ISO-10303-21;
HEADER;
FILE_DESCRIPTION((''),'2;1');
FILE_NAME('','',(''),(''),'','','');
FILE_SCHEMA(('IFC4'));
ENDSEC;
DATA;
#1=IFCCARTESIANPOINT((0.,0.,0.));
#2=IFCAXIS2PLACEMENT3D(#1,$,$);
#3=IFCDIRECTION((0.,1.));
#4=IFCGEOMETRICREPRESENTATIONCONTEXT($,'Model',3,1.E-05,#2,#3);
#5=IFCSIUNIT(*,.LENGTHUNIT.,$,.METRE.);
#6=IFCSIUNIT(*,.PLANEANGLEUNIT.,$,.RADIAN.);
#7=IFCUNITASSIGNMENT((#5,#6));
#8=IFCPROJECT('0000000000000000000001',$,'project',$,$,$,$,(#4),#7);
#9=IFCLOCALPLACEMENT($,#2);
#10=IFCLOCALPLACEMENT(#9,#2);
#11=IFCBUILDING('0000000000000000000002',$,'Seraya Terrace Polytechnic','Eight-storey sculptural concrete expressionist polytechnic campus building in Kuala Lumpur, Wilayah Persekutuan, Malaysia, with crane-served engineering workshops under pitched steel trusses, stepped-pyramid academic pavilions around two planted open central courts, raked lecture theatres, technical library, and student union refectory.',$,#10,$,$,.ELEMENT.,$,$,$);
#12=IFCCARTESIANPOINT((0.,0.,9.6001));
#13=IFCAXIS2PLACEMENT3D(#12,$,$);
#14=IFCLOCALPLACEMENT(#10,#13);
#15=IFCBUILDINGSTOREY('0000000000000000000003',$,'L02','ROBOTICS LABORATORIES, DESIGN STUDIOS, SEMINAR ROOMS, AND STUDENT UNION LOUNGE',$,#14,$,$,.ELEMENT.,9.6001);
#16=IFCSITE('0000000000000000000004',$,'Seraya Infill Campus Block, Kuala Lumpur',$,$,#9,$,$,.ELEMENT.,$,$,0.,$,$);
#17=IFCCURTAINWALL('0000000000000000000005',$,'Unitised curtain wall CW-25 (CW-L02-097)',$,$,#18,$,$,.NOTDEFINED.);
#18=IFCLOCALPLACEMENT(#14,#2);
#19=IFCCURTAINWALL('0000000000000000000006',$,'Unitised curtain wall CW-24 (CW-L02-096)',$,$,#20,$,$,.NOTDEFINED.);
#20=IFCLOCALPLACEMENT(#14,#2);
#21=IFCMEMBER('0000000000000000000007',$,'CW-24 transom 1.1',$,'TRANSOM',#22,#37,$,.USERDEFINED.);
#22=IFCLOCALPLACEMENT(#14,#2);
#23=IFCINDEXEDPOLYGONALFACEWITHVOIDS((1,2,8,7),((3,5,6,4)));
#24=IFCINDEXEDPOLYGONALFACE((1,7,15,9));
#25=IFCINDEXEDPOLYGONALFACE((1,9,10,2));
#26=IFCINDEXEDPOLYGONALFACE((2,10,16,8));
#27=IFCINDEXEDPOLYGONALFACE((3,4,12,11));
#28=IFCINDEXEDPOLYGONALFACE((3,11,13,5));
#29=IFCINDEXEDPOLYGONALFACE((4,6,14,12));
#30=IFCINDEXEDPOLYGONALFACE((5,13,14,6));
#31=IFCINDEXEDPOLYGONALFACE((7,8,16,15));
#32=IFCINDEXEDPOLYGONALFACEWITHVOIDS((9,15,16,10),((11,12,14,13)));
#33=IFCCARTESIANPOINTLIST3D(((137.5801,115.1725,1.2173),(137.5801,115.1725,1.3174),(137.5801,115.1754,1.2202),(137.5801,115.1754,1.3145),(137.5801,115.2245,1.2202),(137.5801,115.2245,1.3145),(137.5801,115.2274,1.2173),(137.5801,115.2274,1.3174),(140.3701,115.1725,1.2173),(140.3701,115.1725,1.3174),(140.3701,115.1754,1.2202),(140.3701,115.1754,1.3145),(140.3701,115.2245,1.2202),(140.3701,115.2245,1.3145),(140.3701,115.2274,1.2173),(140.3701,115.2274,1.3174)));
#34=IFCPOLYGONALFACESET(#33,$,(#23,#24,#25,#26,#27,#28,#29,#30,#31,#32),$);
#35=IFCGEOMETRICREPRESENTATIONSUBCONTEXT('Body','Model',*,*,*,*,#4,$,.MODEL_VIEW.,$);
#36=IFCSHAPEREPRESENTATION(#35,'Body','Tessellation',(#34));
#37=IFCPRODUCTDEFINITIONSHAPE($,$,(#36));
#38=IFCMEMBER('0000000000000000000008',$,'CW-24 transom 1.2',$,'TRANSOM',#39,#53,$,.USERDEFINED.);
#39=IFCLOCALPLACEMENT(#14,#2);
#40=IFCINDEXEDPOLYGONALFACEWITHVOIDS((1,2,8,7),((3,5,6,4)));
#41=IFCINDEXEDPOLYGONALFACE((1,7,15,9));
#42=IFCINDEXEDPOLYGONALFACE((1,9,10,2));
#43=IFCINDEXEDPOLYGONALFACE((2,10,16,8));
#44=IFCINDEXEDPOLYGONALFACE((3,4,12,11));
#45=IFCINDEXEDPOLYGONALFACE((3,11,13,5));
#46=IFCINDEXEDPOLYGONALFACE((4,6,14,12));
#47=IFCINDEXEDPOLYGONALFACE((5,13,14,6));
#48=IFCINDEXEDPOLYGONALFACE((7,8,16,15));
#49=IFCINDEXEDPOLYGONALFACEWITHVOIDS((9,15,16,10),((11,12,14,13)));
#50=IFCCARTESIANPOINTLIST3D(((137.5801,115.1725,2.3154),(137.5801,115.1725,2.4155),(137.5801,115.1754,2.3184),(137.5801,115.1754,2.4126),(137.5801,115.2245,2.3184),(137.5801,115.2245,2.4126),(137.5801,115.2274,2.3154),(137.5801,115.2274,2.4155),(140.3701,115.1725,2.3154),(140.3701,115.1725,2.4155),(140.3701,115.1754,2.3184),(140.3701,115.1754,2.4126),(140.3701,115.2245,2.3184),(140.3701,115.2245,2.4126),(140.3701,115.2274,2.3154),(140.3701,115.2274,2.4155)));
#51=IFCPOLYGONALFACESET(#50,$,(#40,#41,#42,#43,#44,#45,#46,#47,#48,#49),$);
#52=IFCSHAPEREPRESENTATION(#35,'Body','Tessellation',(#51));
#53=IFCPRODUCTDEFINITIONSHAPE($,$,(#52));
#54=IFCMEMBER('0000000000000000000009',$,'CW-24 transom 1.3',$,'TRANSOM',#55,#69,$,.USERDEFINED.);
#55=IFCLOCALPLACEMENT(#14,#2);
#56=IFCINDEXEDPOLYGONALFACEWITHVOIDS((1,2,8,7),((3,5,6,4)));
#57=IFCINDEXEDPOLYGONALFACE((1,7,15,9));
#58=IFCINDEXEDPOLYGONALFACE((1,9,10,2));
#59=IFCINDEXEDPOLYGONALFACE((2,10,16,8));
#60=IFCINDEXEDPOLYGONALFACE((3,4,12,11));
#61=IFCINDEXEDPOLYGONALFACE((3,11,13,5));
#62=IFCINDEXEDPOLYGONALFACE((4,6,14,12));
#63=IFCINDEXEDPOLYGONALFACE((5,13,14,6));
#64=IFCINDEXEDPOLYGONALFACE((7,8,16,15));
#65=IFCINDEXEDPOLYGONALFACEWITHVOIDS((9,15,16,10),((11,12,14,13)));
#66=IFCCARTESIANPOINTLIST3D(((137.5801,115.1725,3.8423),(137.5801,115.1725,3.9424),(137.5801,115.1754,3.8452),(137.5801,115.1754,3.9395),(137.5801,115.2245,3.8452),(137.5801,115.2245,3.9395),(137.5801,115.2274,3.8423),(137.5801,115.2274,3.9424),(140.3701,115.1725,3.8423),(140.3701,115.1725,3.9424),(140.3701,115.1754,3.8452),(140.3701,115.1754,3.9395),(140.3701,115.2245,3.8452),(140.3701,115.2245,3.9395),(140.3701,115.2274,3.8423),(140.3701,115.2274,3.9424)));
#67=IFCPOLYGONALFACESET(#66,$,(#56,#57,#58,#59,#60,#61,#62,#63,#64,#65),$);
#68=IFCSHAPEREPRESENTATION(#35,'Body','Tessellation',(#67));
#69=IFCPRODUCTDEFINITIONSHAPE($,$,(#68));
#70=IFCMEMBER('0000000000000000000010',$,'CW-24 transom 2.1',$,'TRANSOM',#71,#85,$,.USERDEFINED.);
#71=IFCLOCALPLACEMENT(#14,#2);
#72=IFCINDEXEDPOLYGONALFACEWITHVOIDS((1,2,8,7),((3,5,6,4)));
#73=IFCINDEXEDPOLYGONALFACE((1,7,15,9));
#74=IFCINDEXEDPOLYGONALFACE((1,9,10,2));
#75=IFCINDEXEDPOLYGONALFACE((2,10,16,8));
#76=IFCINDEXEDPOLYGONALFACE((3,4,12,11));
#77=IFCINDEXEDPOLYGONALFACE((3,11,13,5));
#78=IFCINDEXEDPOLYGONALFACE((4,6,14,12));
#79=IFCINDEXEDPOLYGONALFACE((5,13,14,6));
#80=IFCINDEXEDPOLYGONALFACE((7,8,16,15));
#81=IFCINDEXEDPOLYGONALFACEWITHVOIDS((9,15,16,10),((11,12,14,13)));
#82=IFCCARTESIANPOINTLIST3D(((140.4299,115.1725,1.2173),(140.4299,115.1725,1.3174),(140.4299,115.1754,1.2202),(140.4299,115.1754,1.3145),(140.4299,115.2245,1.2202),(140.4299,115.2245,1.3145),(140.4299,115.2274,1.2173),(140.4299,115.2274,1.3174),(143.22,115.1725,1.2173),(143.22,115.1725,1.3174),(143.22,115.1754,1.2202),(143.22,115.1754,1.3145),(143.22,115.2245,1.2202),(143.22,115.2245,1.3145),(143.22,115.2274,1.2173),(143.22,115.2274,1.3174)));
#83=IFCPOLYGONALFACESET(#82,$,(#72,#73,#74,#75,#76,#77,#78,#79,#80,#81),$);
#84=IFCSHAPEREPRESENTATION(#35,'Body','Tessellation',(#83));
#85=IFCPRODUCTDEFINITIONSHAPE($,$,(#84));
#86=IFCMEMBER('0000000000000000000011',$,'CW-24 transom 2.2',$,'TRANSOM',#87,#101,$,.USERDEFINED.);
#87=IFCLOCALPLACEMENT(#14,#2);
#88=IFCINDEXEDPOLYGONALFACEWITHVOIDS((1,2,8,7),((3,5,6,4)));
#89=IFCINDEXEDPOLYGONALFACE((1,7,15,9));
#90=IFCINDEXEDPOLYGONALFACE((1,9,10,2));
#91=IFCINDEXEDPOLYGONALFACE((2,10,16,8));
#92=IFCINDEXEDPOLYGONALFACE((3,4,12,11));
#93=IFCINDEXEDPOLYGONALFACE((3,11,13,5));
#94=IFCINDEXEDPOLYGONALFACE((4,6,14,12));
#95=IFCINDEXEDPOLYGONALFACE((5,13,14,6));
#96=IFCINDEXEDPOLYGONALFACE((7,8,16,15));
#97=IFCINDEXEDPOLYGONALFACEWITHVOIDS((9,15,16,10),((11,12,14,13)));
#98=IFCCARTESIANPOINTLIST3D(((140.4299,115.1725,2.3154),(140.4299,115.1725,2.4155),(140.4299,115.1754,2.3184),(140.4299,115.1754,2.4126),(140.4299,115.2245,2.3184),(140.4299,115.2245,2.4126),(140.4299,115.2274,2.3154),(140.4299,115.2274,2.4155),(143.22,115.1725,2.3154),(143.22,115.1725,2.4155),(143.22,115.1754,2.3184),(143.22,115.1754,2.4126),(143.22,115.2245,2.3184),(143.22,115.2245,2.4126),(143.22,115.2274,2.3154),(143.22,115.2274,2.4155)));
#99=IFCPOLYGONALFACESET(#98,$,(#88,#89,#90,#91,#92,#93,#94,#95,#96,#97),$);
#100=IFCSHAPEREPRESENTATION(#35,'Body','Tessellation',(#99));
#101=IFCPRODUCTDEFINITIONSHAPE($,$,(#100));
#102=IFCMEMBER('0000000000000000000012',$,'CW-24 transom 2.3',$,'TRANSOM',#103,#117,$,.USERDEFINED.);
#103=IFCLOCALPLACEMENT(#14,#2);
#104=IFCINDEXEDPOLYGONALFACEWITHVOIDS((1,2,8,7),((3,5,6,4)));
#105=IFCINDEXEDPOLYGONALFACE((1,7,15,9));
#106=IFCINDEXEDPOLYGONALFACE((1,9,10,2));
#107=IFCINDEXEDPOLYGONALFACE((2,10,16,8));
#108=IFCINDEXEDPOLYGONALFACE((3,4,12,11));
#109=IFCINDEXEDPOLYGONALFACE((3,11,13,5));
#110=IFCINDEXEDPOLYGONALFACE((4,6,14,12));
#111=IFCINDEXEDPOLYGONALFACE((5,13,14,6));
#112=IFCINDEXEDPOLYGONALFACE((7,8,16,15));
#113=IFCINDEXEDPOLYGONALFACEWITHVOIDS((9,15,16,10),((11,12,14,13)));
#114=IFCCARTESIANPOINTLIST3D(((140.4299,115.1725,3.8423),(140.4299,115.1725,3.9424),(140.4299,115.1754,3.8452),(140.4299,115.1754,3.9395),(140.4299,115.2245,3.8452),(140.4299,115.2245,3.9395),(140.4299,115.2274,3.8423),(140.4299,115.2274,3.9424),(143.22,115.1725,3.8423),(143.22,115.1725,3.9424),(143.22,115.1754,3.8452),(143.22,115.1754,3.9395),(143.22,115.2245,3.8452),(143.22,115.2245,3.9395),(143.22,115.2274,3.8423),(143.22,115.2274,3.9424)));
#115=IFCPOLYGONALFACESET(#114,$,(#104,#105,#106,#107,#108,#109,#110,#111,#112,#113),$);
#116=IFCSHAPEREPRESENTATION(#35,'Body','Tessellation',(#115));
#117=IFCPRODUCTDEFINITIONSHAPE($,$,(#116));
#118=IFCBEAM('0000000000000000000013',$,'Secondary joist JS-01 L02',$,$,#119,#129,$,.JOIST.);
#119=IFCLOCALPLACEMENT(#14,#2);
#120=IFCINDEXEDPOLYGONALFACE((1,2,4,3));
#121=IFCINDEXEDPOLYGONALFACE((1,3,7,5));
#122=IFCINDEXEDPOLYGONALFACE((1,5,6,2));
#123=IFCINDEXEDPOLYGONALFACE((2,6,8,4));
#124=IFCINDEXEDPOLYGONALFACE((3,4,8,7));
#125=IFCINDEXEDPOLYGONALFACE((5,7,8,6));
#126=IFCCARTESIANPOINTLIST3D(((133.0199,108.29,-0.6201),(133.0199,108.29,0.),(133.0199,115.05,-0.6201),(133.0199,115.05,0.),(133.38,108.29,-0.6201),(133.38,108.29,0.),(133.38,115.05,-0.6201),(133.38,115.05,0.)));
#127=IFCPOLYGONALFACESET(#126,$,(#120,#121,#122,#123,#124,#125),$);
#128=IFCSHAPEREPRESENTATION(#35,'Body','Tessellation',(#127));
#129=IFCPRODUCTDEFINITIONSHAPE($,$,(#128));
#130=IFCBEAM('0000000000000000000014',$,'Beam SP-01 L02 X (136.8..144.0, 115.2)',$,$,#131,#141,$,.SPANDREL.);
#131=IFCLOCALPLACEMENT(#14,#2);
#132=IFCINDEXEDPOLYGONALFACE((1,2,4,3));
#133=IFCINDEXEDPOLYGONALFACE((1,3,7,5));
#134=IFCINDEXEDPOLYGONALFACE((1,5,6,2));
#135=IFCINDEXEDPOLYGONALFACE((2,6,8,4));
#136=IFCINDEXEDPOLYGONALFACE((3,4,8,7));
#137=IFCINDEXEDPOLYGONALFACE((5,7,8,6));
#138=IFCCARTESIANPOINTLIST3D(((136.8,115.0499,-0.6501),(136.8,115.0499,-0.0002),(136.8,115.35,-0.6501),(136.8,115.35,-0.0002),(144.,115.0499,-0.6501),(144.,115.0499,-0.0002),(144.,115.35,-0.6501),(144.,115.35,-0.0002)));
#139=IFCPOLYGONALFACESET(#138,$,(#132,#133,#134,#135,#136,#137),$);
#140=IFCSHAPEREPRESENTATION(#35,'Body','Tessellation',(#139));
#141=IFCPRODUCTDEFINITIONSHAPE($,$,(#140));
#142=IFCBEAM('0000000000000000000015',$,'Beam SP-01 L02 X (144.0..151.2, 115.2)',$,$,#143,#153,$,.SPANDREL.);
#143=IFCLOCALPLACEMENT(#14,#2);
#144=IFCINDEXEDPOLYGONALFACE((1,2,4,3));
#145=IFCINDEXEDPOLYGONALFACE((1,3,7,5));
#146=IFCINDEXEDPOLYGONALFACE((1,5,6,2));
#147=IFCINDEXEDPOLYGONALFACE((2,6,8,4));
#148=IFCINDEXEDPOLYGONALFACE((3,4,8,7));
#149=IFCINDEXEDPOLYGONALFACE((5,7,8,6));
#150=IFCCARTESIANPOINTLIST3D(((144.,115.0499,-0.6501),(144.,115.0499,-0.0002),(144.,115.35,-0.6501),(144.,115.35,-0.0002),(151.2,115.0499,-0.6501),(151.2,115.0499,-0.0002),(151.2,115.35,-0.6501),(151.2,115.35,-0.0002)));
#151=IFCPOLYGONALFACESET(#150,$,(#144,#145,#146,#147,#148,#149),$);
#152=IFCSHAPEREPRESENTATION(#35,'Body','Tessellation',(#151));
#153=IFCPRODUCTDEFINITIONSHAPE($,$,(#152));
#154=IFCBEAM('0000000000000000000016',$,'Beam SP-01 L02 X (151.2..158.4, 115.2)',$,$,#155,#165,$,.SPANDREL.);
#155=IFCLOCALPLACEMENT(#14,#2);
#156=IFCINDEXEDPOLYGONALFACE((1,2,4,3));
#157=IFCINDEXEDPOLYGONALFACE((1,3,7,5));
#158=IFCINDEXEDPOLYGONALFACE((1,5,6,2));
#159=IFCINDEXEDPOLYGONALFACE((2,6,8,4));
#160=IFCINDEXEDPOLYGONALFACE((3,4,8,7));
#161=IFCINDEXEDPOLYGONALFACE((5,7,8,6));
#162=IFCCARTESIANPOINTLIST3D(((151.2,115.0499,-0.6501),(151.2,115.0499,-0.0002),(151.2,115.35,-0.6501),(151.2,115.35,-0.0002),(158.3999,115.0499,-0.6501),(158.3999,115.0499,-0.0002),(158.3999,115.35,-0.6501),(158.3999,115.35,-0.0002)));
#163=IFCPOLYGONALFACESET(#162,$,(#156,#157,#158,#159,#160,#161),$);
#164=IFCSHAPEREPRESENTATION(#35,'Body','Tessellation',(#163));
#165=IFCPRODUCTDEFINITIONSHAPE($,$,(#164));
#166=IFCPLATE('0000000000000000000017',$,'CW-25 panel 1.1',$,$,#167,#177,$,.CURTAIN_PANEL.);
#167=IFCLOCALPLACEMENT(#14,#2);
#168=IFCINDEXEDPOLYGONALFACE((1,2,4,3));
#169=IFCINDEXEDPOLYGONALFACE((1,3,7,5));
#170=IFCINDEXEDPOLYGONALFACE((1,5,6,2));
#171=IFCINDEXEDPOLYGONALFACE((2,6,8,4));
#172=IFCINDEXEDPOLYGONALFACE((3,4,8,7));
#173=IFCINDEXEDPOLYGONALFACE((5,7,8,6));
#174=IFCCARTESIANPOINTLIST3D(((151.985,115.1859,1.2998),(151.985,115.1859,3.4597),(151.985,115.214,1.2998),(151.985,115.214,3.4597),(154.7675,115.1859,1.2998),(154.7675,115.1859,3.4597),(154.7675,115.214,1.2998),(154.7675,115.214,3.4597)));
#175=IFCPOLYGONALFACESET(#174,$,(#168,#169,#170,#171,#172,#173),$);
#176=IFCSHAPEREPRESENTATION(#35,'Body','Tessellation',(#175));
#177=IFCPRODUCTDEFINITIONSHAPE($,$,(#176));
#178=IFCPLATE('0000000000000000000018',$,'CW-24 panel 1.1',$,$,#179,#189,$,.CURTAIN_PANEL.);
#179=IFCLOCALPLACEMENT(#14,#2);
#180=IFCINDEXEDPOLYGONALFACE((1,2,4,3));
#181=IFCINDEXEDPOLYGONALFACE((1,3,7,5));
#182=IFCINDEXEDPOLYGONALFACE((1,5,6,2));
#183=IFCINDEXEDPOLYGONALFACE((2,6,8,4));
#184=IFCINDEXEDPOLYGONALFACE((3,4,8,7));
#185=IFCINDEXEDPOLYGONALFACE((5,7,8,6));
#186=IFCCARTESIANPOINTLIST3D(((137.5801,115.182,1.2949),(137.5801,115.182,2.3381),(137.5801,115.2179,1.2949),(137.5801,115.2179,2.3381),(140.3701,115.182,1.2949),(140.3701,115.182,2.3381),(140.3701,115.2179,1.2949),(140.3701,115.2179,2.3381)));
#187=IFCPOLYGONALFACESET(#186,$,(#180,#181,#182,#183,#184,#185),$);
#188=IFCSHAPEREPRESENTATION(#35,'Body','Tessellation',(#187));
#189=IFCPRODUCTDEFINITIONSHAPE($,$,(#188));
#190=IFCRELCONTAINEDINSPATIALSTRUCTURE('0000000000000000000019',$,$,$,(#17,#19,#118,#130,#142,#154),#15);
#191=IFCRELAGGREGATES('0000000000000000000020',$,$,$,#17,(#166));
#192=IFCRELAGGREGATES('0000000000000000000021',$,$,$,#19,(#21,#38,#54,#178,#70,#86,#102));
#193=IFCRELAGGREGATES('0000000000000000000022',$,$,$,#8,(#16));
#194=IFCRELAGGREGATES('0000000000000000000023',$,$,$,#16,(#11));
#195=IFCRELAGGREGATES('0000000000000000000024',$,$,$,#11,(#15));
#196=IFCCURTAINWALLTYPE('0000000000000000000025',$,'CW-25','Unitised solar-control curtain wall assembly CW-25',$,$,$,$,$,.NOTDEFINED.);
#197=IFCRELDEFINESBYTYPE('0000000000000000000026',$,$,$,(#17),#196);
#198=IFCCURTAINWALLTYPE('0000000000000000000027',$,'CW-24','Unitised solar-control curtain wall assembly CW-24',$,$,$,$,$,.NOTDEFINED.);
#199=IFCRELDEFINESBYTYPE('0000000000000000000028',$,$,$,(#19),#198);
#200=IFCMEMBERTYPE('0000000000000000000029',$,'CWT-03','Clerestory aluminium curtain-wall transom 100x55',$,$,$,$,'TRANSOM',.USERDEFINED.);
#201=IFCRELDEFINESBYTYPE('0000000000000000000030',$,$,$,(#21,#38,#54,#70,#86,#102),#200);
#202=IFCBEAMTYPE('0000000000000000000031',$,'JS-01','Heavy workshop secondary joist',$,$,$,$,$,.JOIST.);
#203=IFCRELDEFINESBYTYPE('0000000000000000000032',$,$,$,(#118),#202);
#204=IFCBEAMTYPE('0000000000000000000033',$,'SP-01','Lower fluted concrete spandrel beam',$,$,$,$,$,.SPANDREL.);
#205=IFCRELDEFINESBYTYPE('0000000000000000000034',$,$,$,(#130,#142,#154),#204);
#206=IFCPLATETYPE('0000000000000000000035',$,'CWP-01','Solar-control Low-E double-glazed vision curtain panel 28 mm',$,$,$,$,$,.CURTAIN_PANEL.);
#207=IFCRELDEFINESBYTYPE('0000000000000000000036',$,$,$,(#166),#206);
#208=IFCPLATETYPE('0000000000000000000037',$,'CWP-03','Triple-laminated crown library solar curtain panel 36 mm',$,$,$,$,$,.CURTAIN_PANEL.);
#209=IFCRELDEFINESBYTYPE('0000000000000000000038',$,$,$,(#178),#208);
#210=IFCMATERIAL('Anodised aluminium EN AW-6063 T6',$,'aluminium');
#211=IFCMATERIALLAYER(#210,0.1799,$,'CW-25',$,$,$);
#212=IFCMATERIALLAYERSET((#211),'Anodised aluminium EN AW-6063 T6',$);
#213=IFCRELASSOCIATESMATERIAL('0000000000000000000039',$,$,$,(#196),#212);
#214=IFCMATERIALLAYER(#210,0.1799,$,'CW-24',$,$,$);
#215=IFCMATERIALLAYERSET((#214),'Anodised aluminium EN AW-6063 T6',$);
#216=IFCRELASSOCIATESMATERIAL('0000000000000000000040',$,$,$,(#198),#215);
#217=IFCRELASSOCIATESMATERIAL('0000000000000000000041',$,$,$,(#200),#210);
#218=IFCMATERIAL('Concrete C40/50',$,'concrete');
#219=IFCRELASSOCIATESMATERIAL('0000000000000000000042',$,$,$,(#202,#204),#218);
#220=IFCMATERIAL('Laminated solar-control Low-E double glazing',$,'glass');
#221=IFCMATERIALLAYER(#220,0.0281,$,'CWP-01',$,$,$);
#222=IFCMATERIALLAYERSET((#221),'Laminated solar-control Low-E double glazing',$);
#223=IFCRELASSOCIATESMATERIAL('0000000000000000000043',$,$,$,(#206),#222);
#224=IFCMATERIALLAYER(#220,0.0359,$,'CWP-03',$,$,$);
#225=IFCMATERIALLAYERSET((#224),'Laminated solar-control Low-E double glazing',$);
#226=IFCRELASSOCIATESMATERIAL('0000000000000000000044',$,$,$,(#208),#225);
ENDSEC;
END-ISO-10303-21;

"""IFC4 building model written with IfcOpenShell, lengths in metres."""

from ifc_helpers import new_model, si_unit, direction, frame, origin, origin_2d, place, context, subcontext, project, spatial, rectangle, hollow_rectangle, extrude, material, layer, layer_set, material_profile, profile_set, type_object, element, aggregate, save


model = new_model("IFC4")

# Units and contexts
model_context = context("Model", 3, precision=1e-05, world=origin(), true_north=direction((0.0, 1.0)))
body_context = subcontext(model_context, "Body", "Model", "MODEL_VIEW")
ifc_project = project(units=[si_unit("LENGTHUNIT", "METRE"), si_unit("PLANEANGLEUNIT", "RADIAN")], contexts=[model_context])

# Site, building, storey
site_placement = place(None, origin())
site = spatial("IfcSite", under=ifc_project, at=site_placement, Name="Seraya Infill Campus Block, Kuala Lumpur", CompositionType="ELEMENT", RefElevation=0.0)
building_placement = place(site_placement, origin())
building = spatial("IfcBuilding", under=site, at=building_placement, Name="Seraya Terrace Polytechnic", Description="Eight-storey sculptural concrete expressionist polytechnic campus building in Kuala Lumpur, Wilayah Persekutuan, Malaysia, with crane-served engineering workshops under pitched steel trusses, stepped-pyramid academic pavilions around two planted open central courts, raked lecture theatres, technical library, and student union refectory.", CompositionType="ELEMENT")
storey_placement = place(building_placement, frame((0.0, 0.0, 9.6001)))
storey = spatial("IfcBuildingStorey", under=building, at=storey_placement, Name="L02", Description="ROBOTICS LABORATORIES, DESIGN STUDIOS, SEMINAR ROOMS, AND STUDENT UNION LOUNGE", CompositionType="ELEMENT", Elevation=9.6001)

# Shared definitions
ifc_material_1 = material(Name="Concrete C40/50", Category="concrete")

# Curtain wall
ifc_material_2 = material(Name="Anodised aluminium EN AW-6063 T6", Category="aluminium")
ifc_layer_1 = layer(ifc_material_2, 0.1799, Name="CW-25")
ifc_layer_set_1 = layer_set([ifc_layer_1], Name="Anodised aluminium EN AW-6063 T6")
curtain_wall_type_1 = type_object("IfcCurtainWallType", Name="CW-25", Description="Unitised solar-control curtain wall assembly CW-25", PredefinedType="NOTDEFINED", material=ifc_layer_set_1)
curtain_wall_1_placement = place(storey_placement, origin())
curtain_wall_1 = element("IfcCurtainWall", 1, at=curtain_wall_1_placement, inside=storey, type_object=curtain_wall_type_1, Name="Unitised curtain wall CW-25 (CW-L02-097)", PredefinedType="NOTDEFINED")

# Curtain wall
ifc_layer_2 = layer(ifc_material_2, 0.1799, Name="CW-24")
ifc_layer_set_2 = layer_set([ifc_layer_2], Name="Anodised aluminium EN AW-6063 T6")
curtain_wall_type_2 = type_object("IfcCurtainWallType", Name="CW-24", Description="Unitised solar-control curtain wall assembly CW-24", PredefinedType="NOTDEFINED", material=ifc_layer_set_2)
curtain_wall_2_placement = place(storey_placement, origin())
curtain_wall_2 = element("IfcCurtainWall", 2, at=curtain_wall_2_placement, inside=storey, type_object=curtain_wall_type_2, Name="Unitised curtain wall CW-24 (CW-L02-096)", PredefinedType="NOTDEFINED")

# Members
ifc_material_profile_1 = material_profile(ifc_material_2, hollow_rectangle(XDim=0.0549, YDim=0.1001, WallThickness=0.0029, at=origin_2d()), Name="RHS 100x55x3.0")
ifc_profile_set_1 = profile_set([ifc_material_profile_1], Name="Anodised aluminium EN AW-6063 T6")
member_type_1 = type_object("IfcMemberType", Name="CWT-03", Description="Clerestory aluminium curtain-wall transom 100x55", ElementType="TRANSOM", PredefinedType="USERDEFINED", material=ifc_profile_set_1)
member_1_placement = place(storey_placement, frame((137.5801, 115.2, 1.2673), z_axis=(1.0, 0.0, 0.0), x_axis=(0.0, 1.0, 0.0)))
member_1 = element("IfcMember", 3, at=member_1_placement, type_object=member_type_1, Name="CW-24 transom 1.1", ObjectType="TRANSOM", PredefinedType="USERDEFINED", context=body_context, shape_type="SweptSolid", body=[
    extrude(hollow_rectangle(XDim=0.0549, YDim=0.1001, WallThickness=0.0029, at=origin_2d()), origin(), (0.0, 0.0, 1.0), 2.79),
])
member_2_placement = place(storey_placement, frame((137.5801, 115.2, 2.3655), z_axis=(1.0, 0.0, 0.0), x_axis=(0.0, 1.0, 0.0)))
member_2 = element("IfcMember", 4, at=member_2_placement, type_object=member_type_1, Name="CW-24 transom 1.2", ObjectType="TRANSOM", PredefinedType="USERDEFINED", context=body_context, shape_type="SweptSolid", body=[
    extrude(hollow_rectangle(XDim=0.0549, YDim=0.1001, WallThickness=0.0029, at=origin_2d()), origin(), (0.0, 0.0, 1.0), 2.79),
])
member_3_placement = place(storey_placement, frame((137.5801, 115.2, 3.8923), z_axis=(1.0, 0.0, 0.0), x_axis=(0.0, 1.0, 0.0)))
member_3 = element("IfcMember", 5, at=member_3_placement, type_object=member_type_1, Name="CW-24 transom 1.3", ObjectType="TRANSOM", PredefinedType="USERDEFINED", context=body_context, shape_type="SweptSolid", body=[
    extrude(hollow_rectangle(XDim=0.0549, YDim=0.1001, WallThickness=0.0029, at=origin_2d()), origin(), (0.0, 0.0, 1.0), 2.79),
])
member_4_placement = place(storey_placement, frame((140.4299, 115.2, 1.2673), z_axis=(1.0, 0.0, 0.0), x_axis=(0.0, 1.0, 0.0)))
member_4 = element("IfcMember", 6, at=member_4_placement, type_object=member_type_1, Name="CW-24 transom 2.1", ObjectType="TRANSOM", PredefinedType="USERDEFINED", context=body_context, shape_type="SweptSolid", body=[
    extrude(hollow_rectangle(XDim=0.0549, YDim=0.1001, WallThickness=0.0029, at=origin_2d()), origin(), (0.0, 0.0, 1.0), 2.79),
])
member_5_placement = place(storey_placement, frame((140.4299, 115.2, 2.3655), z_axis=(1.0, 0.0, 0.0), x_axis=(0.0, 1.0, 0.0)))
member_5 = element("IfcMember", 7, at=member_5_placement, type_object=member_type_1, Name="CW-24 transom 2.2", ObjectType="TRANSOM", PredefinedType="USERDEFINED", context=body_context, shape_type="SweptSolid", body=[
    extrude(hollow_rectangle(XDim=0.0549, YDim=0.1001, WallThickness=0.0029, at=origin_2d()), origin(), (0.0, 0.0, 1.0), 2.79),
])
member_6_placement = place(storey_placement, frame((140.4299, 115.2, 3.8923), z_axis=(1.0, 0.0, 0.0), x_axis=(0.0, 1.0, 0.0)))
member_6 = element("IfcMember", 8, at=member_6_placement, type_object=member_type_1, Name="CW-24 transom 2.3", ObjectType="TRANSOM", PredefinedType="USERDEFINED", context=body_context, shape_type="SweptSolid", body=[
    extrude(hollow_rectangle(XDim=0.0549, YDim=0.1001, WallThickness=0.0029, at=origin_2d()), origin(), (0.0, 0.0, 1.0), 2.79),
])

# Beams
ifc_material_profile_2 = material_profile(ifc_material_1, rectangle(XDim=0.3601, YDim=0.6201, at=origin_2d()), Name="RC 360x620")
ifc_profile_set_2 = profile_set([ifc_material_profile_2], Name="Concrete C40/50")
beam_type_1 = type_object("IfcBeamType", Name="JS-01", Description="Heavy workshop secondary joist", PredefinedType="JOIST", material=ifc_profile_set_2)
beam_1_placement = place(storey_placement, frame((133.2, 108.29, -0.3101), z_axis=(0.0, 1.0, 0.0), x_axis=(-1.0, 0.0, 0.0)))
element("IfcBeam", 9, at=beam_1_placement, inside=storey, type_object=beam_type_1, Name="Secondary joist JS-01 L02", PredefinedType="JOIST", context=body_context, shape_type="SweptSolid", body=[
    extrude(rectangle(XDim=0.3601, YDim=0.6201, at=origin_2d()), origin(), (0.0, 0.0, 1.0), 6.76),
])
ifc_material_profile_3 = material_profile(ifc_material_1, rectangle(XDim=0.3, YDim=0.6499, at=origin_2d()), Name="RC 300x650")
ifc_profile_set_3 = profile_set([ifc_material_profile_3], Name="Concrete C40/50")
beam_type_2 = type_object("IfcBeamType", Name="SP-01", Description="Lower fluted concrete spandrel beam", PredefinedType="SPANDREL", material=ifc_profile_set_3)
for number, where, z_axis, x_axis, name in (
    (10, (136.8, 115.2, -0.3252), (1.0, 0.0, 0.0), (0.0, 1.0, 0.0), "Beam SP-01 L02 X (136.8..144.0, 115.2)"),
    (11, (144.0, 115.2, -0.3252), (1.0, 0.0, 0.0), (0.0, 1.0, 0.0), "Beam SP-01 L02 X (144.0..151.2, 115.2)"),
    (12, (151.2, 115.2, -0.3252), (1.0, 0.0, 0.0), (0.0, 1.0, 0.0), "Beam SP-01 L02 X (151.2..158.4, 115.2)"),
):
    element("IfcBeam", number, at=place(storey_placement, frame(where, z_axis=z_axis, x_axis=x_axis)), inside=storey, type_object=beam_type_2, Name=name, PredefinedType="SPANDREL", context=body_context, shape_type="SweptSolid", body=[
        extrude(rectangle(XDim=0.3, YDim=0.6499, at=origin_2d()), origin(), (0.0, 0.0, 1.0), 7.2),
    ])

# Plates
ifc_material_3 = material(Name="Laminated solar-control Low-E double glazing", Category="glass")
ifc_layer_3 = layer(ifc_material_3, 0.0281, Name="CWP-01")
ifc_layer_set_3 = layer_set([ifc_layer_3], Name="Laminated solar-control Low-E double glazing")
plate_type_1 = type_object("IfcPlateType", Name="CWP-01", Description="Solar-control Low-E double-glazed vision curtain panel 28 mm", PredefinedType="CURTAIN_PANEL", material=ifc_layer_set_3)
plate_1_placement = place(storey_placement, frame((153.3762, 115.2, 1.2998), z_axis=(0.0, 0.0, 1.0), x_axis=(1.0, 0.0, 0.0)))
plate_1 = element("IfcPlate", 13, at=plate_1_placement, type_object=plate_type_1, Name="CW-25 panel 1.1", PredefinedType="CURTAIN_PANEL", context=body_context, shape_type="SweptSolid", body=[
    extrude(rectangle(XDim=2.7825, YDim=0.0281, at=origin_2d()), origin(), (0.0, 0.0, 1.0), 2.1599),
])
aggregate(curtain_wall_1, [plate_1])
ifc_layer_4 = layer(ifc_material_3, 0.0359, Name="CWP-03")
ifc_layer_set_4 = layer_set([ifc_layer_4], Name="Laminated solar-control Low-E double glazing")
plate_type_2 = type_object("IfcPlateType", Name="CWP-03", Description="Triple-laminated crown library solar curtain panel 36 mm", PredefinedType="CURTAIN_PANEL", material=ifc_layer_set_4)
plate_2_placement = place(storey_placement, frame((138.9751, 115.2, 1.2949), z_axis=(0.0, 0.0, 1.0), x_axis=(1.0, 0.0, 0.0)))
plate_2 = element("IfcPlate", 14, at=plate_2_placement, type_object=plate_type_2, Name="CW-24 panel 1.1", PredefinedType="CURTAIN_PANEL", context=body_context, shape_type="SweptSolid", body=[
    extrude(rectangle(XDim=2.79, YDim=0.0359, at=origin_2d()), origin(), (0.0, 0.0, 1.0), 1.0432),
])
aggregate(curtain_wall_2, [member_1, member_2, member_3, plate_2, member_4, member_5, member_6])

save(model, "model.ifc")
